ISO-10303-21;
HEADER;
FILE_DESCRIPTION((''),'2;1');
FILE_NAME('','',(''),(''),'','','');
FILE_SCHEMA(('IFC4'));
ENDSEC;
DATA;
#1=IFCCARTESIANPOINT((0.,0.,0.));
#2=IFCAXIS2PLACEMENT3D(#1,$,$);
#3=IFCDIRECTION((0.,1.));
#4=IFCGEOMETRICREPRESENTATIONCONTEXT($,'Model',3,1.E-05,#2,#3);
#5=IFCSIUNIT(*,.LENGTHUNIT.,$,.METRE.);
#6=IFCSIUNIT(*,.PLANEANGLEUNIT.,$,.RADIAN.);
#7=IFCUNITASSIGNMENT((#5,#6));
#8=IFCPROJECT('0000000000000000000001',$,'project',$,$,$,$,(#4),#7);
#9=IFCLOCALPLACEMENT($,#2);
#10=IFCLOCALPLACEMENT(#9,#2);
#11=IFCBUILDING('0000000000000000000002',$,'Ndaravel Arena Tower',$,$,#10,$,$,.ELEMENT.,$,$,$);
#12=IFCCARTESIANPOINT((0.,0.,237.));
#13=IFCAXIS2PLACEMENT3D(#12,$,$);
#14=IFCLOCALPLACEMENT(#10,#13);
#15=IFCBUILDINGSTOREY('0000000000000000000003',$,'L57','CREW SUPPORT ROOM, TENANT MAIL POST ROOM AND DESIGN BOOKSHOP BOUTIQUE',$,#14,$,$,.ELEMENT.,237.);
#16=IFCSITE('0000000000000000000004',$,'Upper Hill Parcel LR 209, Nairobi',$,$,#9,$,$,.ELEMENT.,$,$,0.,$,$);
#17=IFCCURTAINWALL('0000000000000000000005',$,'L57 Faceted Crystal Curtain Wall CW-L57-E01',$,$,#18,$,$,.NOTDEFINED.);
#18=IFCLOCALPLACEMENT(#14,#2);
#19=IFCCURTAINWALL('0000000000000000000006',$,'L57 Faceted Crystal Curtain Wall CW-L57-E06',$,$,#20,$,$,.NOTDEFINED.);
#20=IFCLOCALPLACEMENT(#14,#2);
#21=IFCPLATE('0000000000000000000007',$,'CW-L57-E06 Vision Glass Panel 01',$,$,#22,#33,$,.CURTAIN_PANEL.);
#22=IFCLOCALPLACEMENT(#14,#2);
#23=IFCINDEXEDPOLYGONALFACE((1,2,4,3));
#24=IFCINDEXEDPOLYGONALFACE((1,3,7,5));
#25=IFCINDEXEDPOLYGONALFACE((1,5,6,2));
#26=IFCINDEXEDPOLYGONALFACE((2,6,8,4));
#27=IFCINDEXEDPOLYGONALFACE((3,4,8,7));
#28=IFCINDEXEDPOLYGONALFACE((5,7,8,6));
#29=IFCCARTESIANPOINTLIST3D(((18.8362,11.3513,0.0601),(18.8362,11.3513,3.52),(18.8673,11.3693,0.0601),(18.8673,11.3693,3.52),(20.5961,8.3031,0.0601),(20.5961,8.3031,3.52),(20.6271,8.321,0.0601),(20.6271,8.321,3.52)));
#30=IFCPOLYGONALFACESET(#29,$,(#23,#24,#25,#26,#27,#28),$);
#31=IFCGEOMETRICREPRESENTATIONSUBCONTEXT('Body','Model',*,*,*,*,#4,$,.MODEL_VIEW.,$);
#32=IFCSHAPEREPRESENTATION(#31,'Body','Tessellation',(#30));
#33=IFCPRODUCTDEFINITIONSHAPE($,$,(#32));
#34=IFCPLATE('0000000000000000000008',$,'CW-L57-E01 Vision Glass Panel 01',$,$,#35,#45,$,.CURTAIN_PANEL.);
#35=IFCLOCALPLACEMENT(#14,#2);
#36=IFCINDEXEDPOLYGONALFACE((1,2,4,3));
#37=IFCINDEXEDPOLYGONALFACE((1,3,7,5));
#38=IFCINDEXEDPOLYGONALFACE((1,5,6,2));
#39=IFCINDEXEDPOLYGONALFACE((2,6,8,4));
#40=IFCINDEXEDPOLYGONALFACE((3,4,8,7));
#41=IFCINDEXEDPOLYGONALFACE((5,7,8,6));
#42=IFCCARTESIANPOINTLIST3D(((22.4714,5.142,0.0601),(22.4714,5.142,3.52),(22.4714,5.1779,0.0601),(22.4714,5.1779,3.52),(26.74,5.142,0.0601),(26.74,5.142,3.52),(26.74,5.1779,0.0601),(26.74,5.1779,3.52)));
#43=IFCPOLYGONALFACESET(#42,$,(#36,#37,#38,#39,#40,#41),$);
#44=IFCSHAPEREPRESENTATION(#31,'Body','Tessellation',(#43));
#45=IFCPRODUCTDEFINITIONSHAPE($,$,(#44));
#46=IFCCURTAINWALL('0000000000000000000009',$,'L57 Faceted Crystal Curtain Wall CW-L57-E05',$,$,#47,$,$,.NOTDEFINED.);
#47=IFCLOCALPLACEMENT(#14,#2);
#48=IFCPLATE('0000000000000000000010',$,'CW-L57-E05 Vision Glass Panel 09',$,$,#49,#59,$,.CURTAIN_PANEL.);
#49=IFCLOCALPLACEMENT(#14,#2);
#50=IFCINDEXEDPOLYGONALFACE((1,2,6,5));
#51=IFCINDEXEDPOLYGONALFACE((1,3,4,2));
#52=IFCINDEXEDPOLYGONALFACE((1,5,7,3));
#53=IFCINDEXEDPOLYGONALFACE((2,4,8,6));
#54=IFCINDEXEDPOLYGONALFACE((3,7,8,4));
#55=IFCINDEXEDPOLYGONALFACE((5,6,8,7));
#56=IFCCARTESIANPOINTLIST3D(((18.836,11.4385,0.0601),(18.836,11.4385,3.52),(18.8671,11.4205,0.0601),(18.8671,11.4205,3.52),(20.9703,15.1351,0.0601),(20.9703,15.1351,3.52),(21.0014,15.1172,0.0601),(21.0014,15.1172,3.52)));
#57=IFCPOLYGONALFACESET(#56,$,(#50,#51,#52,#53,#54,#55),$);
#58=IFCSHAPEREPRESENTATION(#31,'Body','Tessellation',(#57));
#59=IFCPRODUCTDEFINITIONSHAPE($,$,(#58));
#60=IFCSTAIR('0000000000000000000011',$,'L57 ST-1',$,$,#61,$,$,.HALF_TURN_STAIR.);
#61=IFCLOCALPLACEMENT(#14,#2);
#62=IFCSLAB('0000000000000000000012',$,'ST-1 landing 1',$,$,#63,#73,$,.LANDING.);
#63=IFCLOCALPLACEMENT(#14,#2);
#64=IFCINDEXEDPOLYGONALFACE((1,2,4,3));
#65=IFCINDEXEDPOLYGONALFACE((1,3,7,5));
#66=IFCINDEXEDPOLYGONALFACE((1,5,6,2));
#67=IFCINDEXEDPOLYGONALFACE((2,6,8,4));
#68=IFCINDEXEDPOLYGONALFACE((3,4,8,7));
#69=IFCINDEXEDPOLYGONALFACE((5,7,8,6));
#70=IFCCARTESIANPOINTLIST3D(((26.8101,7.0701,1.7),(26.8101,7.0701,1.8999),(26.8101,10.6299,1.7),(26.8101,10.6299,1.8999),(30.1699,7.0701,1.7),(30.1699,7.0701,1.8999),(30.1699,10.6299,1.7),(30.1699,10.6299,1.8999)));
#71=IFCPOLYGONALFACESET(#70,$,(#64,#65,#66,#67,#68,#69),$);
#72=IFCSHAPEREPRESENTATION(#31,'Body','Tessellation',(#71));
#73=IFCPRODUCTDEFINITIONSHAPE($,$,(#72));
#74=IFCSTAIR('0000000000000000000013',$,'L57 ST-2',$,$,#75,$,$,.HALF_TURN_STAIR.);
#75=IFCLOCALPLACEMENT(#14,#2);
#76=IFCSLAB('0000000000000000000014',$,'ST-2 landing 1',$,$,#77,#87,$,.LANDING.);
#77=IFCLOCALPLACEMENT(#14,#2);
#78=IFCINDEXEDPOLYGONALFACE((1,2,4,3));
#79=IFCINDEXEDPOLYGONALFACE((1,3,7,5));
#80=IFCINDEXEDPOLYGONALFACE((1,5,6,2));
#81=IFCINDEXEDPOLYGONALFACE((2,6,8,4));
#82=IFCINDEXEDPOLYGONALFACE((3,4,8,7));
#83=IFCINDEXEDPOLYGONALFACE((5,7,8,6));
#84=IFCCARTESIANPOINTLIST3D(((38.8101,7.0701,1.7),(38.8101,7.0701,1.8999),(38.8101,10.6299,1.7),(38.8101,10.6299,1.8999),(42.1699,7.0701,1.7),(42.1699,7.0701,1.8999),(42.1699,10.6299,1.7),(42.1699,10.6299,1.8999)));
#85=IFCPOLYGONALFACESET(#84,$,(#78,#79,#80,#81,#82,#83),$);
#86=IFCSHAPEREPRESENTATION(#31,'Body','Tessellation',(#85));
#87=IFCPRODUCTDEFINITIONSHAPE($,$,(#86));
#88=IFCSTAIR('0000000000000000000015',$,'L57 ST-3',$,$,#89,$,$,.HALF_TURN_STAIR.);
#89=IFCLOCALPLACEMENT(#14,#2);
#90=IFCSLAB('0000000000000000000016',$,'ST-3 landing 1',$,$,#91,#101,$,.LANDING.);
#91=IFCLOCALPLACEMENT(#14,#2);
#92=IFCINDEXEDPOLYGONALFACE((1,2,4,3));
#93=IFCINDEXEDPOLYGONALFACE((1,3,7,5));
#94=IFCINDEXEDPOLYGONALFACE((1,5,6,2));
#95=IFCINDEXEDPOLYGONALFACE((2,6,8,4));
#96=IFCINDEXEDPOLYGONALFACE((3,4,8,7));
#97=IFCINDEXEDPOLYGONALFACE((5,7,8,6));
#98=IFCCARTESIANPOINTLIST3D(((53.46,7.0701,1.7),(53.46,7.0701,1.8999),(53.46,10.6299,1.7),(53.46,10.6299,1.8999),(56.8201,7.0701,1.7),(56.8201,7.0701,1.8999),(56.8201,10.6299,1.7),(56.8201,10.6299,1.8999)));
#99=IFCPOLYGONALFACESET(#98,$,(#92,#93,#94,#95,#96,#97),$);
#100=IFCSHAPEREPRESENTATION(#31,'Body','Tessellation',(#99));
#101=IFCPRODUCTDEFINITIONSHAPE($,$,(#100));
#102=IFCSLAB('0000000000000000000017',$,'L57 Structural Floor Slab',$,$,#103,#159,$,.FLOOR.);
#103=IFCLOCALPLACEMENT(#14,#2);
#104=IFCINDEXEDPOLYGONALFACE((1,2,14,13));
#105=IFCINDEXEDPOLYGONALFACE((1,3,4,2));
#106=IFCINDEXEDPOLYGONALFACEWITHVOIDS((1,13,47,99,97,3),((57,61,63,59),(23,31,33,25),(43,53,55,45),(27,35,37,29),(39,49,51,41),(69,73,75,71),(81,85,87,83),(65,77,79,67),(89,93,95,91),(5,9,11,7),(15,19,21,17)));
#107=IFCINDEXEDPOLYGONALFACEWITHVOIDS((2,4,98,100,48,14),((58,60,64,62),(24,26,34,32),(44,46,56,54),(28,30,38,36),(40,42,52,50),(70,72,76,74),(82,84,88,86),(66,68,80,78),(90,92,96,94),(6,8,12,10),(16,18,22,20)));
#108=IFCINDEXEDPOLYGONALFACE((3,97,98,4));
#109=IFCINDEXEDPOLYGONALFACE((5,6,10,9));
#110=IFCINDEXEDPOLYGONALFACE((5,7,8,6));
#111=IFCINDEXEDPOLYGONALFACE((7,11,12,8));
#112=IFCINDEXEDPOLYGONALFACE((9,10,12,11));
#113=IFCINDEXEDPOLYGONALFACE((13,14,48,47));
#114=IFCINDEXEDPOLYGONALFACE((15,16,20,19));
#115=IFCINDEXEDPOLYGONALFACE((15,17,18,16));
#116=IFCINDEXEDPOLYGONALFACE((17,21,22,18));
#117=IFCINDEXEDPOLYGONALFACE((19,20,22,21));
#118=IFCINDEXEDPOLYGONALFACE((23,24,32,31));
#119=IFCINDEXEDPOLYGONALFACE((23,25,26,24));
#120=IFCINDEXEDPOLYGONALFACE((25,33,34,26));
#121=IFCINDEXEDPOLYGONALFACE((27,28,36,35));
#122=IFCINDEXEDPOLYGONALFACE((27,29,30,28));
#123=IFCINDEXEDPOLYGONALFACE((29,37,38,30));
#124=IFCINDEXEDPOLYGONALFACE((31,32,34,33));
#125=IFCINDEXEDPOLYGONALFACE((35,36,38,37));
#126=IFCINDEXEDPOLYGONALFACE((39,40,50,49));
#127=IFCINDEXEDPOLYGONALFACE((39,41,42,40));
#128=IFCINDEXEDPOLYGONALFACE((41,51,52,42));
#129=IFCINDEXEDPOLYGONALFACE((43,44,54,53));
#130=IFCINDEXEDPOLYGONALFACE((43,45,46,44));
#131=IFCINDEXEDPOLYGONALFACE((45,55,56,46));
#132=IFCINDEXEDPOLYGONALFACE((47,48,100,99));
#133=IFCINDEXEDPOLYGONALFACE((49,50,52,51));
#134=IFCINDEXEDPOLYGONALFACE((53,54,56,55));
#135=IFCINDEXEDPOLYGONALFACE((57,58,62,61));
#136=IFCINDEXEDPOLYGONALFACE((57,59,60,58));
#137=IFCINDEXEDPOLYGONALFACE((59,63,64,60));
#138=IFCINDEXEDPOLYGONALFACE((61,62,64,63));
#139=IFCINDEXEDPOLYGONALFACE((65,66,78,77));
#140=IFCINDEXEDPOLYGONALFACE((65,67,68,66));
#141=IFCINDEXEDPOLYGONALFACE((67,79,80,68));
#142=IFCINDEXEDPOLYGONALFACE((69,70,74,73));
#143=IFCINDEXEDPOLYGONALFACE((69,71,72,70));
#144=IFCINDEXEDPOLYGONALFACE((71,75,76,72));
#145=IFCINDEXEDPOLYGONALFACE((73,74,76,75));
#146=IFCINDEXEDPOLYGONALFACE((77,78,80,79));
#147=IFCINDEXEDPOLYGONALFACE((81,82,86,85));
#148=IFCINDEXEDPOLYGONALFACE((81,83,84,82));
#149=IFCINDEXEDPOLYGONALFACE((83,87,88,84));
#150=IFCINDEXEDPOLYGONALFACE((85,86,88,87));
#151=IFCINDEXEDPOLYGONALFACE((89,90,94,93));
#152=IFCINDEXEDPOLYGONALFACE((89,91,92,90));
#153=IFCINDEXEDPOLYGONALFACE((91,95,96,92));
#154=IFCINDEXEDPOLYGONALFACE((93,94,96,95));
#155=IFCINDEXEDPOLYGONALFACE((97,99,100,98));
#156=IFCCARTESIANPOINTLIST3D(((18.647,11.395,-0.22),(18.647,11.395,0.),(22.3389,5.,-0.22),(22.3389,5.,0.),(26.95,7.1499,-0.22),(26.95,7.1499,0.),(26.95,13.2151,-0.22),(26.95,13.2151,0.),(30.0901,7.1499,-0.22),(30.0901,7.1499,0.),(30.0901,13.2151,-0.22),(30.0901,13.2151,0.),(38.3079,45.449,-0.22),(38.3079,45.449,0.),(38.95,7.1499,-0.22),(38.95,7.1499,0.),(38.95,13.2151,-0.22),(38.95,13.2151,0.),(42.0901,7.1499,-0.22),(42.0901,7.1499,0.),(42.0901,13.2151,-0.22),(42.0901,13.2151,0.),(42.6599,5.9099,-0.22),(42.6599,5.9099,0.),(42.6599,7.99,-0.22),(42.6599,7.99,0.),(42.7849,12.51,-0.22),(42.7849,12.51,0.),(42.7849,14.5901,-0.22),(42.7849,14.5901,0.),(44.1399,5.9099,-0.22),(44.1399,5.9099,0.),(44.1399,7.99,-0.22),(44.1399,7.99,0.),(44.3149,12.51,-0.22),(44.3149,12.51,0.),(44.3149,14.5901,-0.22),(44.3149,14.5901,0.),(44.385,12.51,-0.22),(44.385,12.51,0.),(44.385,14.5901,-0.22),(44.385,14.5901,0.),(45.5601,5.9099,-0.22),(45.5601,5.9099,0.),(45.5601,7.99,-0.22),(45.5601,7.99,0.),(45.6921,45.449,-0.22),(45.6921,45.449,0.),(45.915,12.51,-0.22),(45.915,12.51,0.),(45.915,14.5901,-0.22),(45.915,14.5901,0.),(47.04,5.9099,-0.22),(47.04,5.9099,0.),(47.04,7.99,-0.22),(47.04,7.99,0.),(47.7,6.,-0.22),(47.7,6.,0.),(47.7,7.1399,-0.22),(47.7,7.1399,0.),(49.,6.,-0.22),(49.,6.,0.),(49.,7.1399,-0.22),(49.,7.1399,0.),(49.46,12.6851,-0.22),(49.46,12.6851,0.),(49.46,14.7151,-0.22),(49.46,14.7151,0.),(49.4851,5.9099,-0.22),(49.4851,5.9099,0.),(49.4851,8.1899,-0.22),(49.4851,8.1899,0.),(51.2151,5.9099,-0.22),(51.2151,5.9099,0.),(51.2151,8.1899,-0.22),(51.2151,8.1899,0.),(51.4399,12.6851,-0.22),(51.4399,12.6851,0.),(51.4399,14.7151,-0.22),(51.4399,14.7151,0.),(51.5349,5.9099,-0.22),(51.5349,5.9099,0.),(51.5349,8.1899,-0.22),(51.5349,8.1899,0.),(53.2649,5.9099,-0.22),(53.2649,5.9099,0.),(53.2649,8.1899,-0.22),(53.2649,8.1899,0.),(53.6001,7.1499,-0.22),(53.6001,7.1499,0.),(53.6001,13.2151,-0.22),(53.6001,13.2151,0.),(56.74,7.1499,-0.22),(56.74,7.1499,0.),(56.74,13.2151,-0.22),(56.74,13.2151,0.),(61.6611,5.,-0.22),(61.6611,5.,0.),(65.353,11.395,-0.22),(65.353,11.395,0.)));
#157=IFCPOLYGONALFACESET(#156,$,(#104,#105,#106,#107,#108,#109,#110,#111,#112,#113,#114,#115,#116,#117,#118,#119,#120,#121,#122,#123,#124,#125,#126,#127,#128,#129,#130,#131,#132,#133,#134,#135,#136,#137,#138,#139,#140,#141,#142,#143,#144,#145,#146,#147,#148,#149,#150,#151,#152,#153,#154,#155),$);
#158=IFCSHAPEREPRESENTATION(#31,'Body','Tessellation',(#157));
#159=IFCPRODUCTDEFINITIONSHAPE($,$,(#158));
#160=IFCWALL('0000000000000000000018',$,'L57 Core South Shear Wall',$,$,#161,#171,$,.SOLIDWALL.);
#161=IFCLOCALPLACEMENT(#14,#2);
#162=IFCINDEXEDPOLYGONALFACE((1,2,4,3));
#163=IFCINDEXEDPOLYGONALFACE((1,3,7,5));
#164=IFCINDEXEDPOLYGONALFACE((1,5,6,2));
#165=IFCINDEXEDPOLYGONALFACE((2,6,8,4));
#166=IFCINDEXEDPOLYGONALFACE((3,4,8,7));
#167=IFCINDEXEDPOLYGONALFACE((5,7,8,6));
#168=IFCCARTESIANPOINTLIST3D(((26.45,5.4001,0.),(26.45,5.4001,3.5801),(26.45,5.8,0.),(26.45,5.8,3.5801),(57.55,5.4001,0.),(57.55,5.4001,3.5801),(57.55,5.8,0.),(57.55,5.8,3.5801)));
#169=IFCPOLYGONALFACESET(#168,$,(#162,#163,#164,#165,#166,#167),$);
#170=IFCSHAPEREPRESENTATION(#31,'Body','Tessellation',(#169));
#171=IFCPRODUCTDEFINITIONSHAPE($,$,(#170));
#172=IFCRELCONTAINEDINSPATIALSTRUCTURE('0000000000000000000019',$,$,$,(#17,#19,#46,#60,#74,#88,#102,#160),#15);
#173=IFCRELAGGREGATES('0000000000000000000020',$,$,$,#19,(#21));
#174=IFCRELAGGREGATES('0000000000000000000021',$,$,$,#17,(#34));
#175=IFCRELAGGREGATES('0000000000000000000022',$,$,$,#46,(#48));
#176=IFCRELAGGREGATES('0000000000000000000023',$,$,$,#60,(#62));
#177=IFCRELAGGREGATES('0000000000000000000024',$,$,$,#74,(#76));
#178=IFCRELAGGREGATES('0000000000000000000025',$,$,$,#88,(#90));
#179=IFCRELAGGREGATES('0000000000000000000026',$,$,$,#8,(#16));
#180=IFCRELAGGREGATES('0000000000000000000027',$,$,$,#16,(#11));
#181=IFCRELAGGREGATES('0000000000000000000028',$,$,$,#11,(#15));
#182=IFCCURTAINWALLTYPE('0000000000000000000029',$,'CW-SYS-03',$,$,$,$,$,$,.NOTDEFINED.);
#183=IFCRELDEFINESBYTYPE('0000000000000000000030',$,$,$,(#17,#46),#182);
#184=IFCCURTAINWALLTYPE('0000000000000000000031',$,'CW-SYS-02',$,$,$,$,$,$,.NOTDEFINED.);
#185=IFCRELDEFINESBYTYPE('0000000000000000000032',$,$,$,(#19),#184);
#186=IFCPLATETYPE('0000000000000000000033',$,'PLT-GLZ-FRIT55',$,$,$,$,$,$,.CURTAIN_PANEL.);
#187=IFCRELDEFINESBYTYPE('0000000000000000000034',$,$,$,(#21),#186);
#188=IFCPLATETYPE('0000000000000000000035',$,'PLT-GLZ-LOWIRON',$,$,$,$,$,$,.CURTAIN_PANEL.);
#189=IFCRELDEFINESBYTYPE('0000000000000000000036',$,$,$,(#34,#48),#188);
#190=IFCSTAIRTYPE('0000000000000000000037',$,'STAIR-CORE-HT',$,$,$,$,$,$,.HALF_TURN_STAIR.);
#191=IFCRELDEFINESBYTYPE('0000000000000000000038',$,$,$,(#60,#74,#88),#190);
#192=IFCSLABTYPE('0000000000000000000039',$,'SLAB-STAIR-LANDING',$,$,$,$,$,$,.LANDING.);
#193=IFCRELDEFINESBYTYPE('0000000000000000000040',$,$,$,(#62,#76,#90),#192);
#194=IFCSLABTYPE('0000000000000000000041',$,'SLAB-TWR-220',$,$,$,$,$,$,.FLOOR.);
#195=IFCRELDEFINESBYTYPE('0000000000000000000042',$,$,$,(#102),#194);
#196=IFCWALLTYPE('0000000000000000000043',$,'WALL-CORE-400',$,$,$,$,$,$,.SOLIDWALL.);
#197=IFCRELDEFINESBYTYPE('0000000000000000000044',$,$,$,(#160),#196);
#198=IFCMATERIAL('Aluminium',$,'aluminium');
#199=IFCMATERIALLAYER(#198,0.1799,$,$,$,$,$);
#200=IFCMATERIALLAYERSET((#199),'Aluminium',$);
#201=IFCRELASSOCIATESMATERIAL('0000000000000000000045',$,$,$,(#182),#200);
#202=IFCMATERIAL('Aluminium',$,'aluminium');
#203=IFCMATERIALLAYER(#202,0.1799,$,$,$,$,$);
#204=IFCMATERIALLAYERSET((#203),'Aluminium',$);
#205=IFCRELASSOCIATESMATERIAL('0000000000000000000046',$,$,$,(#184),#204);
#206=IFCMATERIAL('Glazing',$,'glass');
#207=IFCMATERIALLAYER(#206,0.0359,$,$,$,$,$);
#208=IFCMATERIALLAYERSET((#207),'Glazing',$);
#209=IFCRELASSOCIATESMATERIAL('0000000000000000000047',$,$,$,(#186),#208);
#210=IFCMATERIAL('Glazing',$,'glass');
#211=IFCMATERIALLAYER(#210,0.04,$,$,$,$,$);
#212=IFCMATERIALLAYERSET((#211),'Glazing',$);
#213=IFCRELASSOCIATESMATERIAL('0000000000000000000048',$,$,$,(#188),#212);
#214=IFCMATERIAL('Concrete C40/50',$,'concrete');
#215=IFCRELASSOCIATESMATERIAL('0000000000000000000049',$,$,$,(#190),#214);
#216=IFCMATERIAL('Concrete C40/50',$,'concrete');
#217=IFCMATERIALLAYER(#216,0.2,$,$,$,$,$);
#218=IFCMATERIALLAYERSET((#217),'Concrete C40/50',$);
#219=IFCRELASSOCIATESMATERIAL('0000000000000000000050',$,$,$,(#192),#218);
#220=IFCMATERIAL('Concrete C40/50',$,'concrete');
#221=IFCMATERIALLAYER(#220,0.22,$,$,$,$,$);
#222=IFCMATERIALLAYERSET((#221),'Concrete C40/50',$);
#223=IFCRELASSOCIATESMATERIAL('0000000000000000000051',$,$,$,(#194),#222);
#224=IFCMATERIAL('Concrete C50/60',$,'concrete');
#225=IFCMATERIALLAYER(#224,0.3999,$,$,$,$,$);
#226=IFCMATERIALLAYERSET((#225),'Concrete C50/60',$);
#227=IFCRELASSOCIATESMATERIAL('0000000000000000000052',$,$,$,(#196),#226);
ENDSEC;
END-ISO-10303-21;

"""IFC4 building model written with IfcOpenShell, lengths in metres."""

from ifc_helpers import new_model, si_unit, direction, frame, frame_2d, origin, origin_2d, place, context, subcontext, project, spatial, polyline, rectangle, outline, extrude, material, layer, layer_set, type_object, element, aggregate, save


model = new_model("IFC4")

# Units and contexts
model_context = context("Model", 3, precision=1e-05, world=origin(), true_north=direction((0.0, 1.0)))
body_context = subcontext(model_context, "Body", "Model", "MODEL_VIEW")
ifc_project = project(units=[si_unit("LENGTHUNIT", "METRE"), si_unit("PLANEANGLEUNIT", "RADIAN")], contexts=[model_context])

# Site, building, storey
site_placement = place(None, origin())
site = spatial("IfcSite", under=ifc_project, at=site_placement, Name="Upper Hill Parcel LR 209, Nairobi", CompositionType="ELEMENT", RefElevation=0.0)
building_placement = place(site_placement, origin())
building = spatial("IfcBuilding", under=site, at=building_placement, Name="Ndaravel Arena Tower", CompositionType="ELEMENT")
storey_placement = place(building_placement, frame((0.0, 0.0, 237.0)))
storey = spatial("IfcBuildingStorey", under=building, at=storey_placement, Name="L57", Description="CREW SUPPORT ROOM, TENANT MAIL POST ROOM AND DESIGN BOOKSHOP BOUTIQUE", CompositionType="ELEMENT", Elevation=237.0)

# Curtain wall
ifc_material_1 = material(Name="Aluminium", Category="aluminium")
ifc_layer_1 = layer(ifc_material_1, 0.1799)
ifc_layer_set_1 = layer_set([ifc_layer_1], Name="Aluminium")
curtain_wall_type_1 = type_object("IfcCurtainWallType", Name="CW-SYS-03", PredefinedType="NOTDEFINED", material=ifc_layer_set_1)
curtain_wall_1_placement = place(storey_placement, origin())
curtain_wall_1 = element("IfcCurtainWall", 1, at=curtain_wall_1_placement, inside=storey, type_object=curtain_wall_type_1, Name="L57 Faceted Crystal Curtain Wall CW-L57-E01", PredefinedType="NOTDEFINED")

# Curtain wall
ifc_material_2 = material(Name="Aluminium", Category="aluminium")
ifc_layer_2 = layer(ifc_material_2, 0.1799)
ifc_layer_set_2 = layer_set([ifc_layer_2], Name="Aluminium")
curtain_wall_type_2 = type_object("IfcCurtainWallType", Name="CW-SYS-02", PredefinedType="NOTDEFINED", material=ifc_layer_set_2)
curtain_wall_2_placement = place(storey_placement, origin())
curtain_wall_2 = element("IfcCurtainWall", 2, at=curtain_wall_2_placement, inside=storey, type_object=curtain_wall_type_2, Name="L57 Faceted Crystal Curtain Wall CW-L57-E06", PredefinedType="NOTDEFINED")

# Plates
ifc_material_3 = material(Name="Glazing", Category="glass")
ifc_layer_3 = layer(ifc_material_3, 0.0359)
ifc_layer_set_3 = layer_set([ifc_layer_3], Name="Glazing")
plate_type_1 = type_object("IfcPlateType", Name="PLT-GLZ-FRIT55", PredefinedType="CURTAIN_PANEL", material=ifc_layer_set_3)
plate_1_placement = place(storey_placement, frame((19.7317, 9.8362, 0.0601), z_axis=(0.0, 0.0, 1.0), x_axis=(0.499985, -0.866034, 0.0)))
plate_1 = element("IfcPlate", 3, at=plate_1_placement, type_object=plate_type_1, Name="CW-L57-E06 Vision Glass Panel 01", PredefinedType="CURTAIN_PANEL", context=body_context, shape_type="SweptSolid", body=[
    extrude(rectangle(XDim=3.5198, YDim=0.0359, at=origin_2d()), origin(), (0.0, 0.0, 1.0), 3.46),
])
aggregate(curtain_wall_2, [plate_1])
ifc_material_4 = material(Name="Glazing", Category="glass")
ifc_layer_4 = layer(ifc_material_4, 0.04)
ifc_layer_set_4 = layer_set([ifc_layer_4], Name="Glazing")
plate_type_2 = type_object("IfcPlateType", Name="PLT-GLZ-LOWIRON", PredefinedType="CURTAIN_PANEL", material=ifc_layer_set_4)
plate_2_placement = place(storey_placement, frame((24.6057, 5.1599, 0.0601), z_axis=(0.0, 0.0, 1.0), x_axis=(1.0, 0.0, 0.0)))
plate_2 = element("IfcPlate", 4, at=plate_2_placement, type_object=plate_type_2, Name="CW-L57-E01 Vision Glass Panel 01", PredefinedType="CURTAIN_PANEL", context=body_context, shape_type="SweptSolid", body=[
    extrude(rectangle(XDim=4.2686, YDim=0.0359, at=origin_2d()), origin(), (0.0, 0.0, 1.0), 3.46),
])
aggregate(curtain_wall_1, [plate_2])

# Curtain wall, plate
curtain_wall_3_placement = place(storey_placement, origin())
curtain_wall_3 = element("IfcCurtainWall", 5, at=curtain_wall_3_placement, inside=storey, type_object=curtain_wall_type_1, Name="L57 Faceted Crystal Curtain Wall CW-L57-E05", PredefinedType="NOTDEFINED")
plate_3_placement = place(storey_placement, frame((19.9187, 13.2778, 0.0601), z_axis=(0.0, 0.0, 1.0), x_axis=(-0.5, -0.866025, 0.0)))
plate_3 = element("IfcPlate", 6, at=plate_3_placement, type_object=plate_type_2, Name="CW-L57-E05 Vision Glass Panel 09", PredefinedType="CURTAIN_PANEL", context=body_context, shape_type="SweptSolid", body=[
    extrude(rectangle(XDim=4.2686, YDim=0.0359, at=origin_2d()), origin(), (0.0, 0.0, 1.0), 3.46),
])
aggregate(curtain_wall_3, [plate_3])

# Stairs, slabs
ifc_material_5 = material(Name="Concrete C40/50", Category="concrete")
stair_type = type_object("IfcStairType", Name="STAIR-CORE-HT", PredefinedType="HALF_TURN_STAIR", material=ifc_material_5)
stair_1_placement = place(storey_placement, origin())
stair_1 = element("IfcStair", 7, at=stair_1_placement, inside=storey, type_object=stair_type, Name="L57 ST-1", PredefinedType="HALF_TURN_STAIR")
ifc_material_6 = material(Name="Concrete C40/50", Category="concrete")
ifc_layer_5 = layer(ifc_material_6, 0.2)
ifc_layer_set_5 = layer_set([ifc_layer_5], Name="Concrete C40/50")
slab_type_1 = type_object("IfcSlabType", Name="SLAB-STAIR-LANDING", PredefinedType="LANDING", material=ifc_layer_set_5)
slab_1_placement = place(storey_placement, frame((0.0, 0.0, 1.7)))
slab_1 = element("IfcSlab", 8, at=slab_1_placement, type_object=slab_type_1, Name="ST-1 landing 1", PredefinedType="LANDING", context=body_context, shape_type="SweptSolid", body=[
    extrude(outline(polyline([(26.8101, 10.6299), (26.8101, 7.0701), (30.1699, 7.0701), (30.1699, 10.6299), (26.8101, 10.6299)])), origin(), (0.0, 0.0, 1.0), 0.2),
])
aggregate(stair_1, [slab_1])
stair_2_placement = place(storey_placement, origin())
stair_2 = element("IfcStair", 9, at=stair_2_placement, inside=storey, type_object=stair_type, Name="L57 ST-2", PredefinedType="HALF_TURN_STAIR")
slab_2_placement = place(storey_placement, frame((0.0, 0.0, 1.7)))
slab_2 = element("IfcSlab", 10, at=slab_2_placement, type_object=slab_type_1, Name="ST-2 landing 1", PredefinedType="LANDING", context=body_context, shape_type="SweptSolid", body=[
    extrude(outline(polyline([(38.8101, 10.6299), (38.8101, 7.0701), (42.1699, 7.0701), (42.1699, 10.6299), (38.8101, 10.6299)])), origin(), (0.0, 0.0, 1.0), 0.2),
])
aggregate(stair_2, [slab_2])
stair_3_placement = place(storey_placement, origin())
stair_3 = element("IfcStair", 11, at=stair_3_placement, inside=storey, type_object=stair_type, Name="L57 ST-3", PredefinedType="HALF_TURN_STAIR")
slab_3_placement = place(storey_placement, frame((0.0, 0.0, 1.7)))
slab_3 = element("IfcSlab", 12, at=slab_3_placement, type_object=slab_type_1, Name="ST-3 landing 1", PredefinedType="LANDING", context=body_context, shape_type="SweptSolid", body=[
    extrude(outline(polyline([(53.46, 10.6299), (53.46, 7.0701), (56.8201, 7.0701), (56.8201, 10.6299), (53.46, 10.6299)])), origin(), (0.0, 0.0, 1.0), 0.2),
])
aggregate(stair_3, [slab_3])

# Slab
ifc_material_7 = material(Name="Concrete C40/50", Category="concrete")
ifc_layer_6 = layer(ifc_material_7, 0.22)
ifc_layer_set_6 = layer_set([ifc_layer_6], Name="Concrete C40/50")
slab_type_2 = type_object("IfcSlabType", Name="SLAB-TWR-220", PredefinedType="FLOOR", material=ifc_layer_set_6)
slab_4_placement = place(storey_placement, frame((0.0, 0.0, -0.22)))
element("IfcSlab", 13, at=slab_4_placement, inside=storey, type_object=slab_type_2, Name="L57 Structural Floor Slab", PredefinedType="FLOOR", context=body_context, shape_type="SweptSolid", body=[
    extrude(outline(polyline([(18.647, 11.395), (22.3389, 5.0), (61.6611, 5.0), (65.353, 11.395), (45.6921, 45.449), (38.3079, 45.449), (18.647, 11.395)]), holes=[polyline([(26.95, 13.2151), (26.95, 7.1499), (30.0901, 7.1499), (30.0901, 13.2151), (26.95, 13.2151)]), polyline([(38.95, 13.2151), (38.95, 7.1499), (42.0901, 7.1499), (42.0901, 13.2151), (38.95, 13.2151)]), polyline([(53.6001, 13.2151), (53.6001, 7.1499), (56.74, 7.1499), (56.74, 13.2151), (53.6001, 13.2151)]), polyline([(42.6599, 5.9099), (44.1399, 5.9099), (44.1399, 7.99), (42.6599, 7.99), (42.6599, 5.9099)]), polyline([(45.5601, 5.9099), (47.04, 5.9099), (47.04, 7.99), (45.5601, 7.99), (45.5601, 5.9099)]), polyline([(42.7849, 12.51), (44.3149, 12.51), (44.3149, 14.5901), (42.7849, 14.5901), (42.7849, 12.51)]), polyline([(44.385, 12.51), (45.915, 12.51), (45.915, 14.5901), (44.385, 14.5901), (44.385, 12.51)]), polyline([(49.4851, 5.9099), (51.2151, 5.9099), (51.2151, 8.1899), (49.4851, 8.1899), (49.4851, 5.9099)]), polyline([(51.5349, 5.9099), (53.2649, 5.9099), (53.2649, 8.1899), (51.5349, 8.1899), (51.5349, 5.9099)]), polyline([(49.46, 12.6851), (51.4399, 12.6851), (51.4399, 14.7151), (49.46, 14.7151), (49.46, 12.6851)]), polyline([(47.7, 6.0), (49.0, 6.0), (49.0, 7.1399), (47.7, 7.1399), (47.7, 6.0)])]), origin(), (0.0, 0.0, 1.0), 0.22),
])

# Wall
ifc_material_8 = material(Name="Concrete C50/60", Category="concrete")
ifc_layer_7 = layer(ifc_material_8, 0.3999)
ifc_layer_set_7 = layer_set([ifc_layer_7], Name="Concrete C50/60")
wall_type = type_object("IfcWallType", Name="WALL-CORE-400", PredefinedType="SOLIDWALL", material=ifc_layer_set_7)
wall_placement = place(storey_placement, frame((26.45, 5.6001, 0.0), z_axis=(0.0, 0.0, 1.0), x_axis=(1.0, 0.0, 0.0)))
element("IfcWall", 14, at=wall_placement, inside=storey, type_object=wall_type, Name="L57 Core South Shear Wall", PredefinedType="SOLIDWALL", context=body_context, shape_type="SweptSolid", body=[
    extrude(rectangle(XDim=31.1001, YDim=0.3999, at=frame_2d((15.55, 0.0))), origin(), (0.0, 0.0, 1.0), 3.5801),
])

save(model, "model.ifc")
